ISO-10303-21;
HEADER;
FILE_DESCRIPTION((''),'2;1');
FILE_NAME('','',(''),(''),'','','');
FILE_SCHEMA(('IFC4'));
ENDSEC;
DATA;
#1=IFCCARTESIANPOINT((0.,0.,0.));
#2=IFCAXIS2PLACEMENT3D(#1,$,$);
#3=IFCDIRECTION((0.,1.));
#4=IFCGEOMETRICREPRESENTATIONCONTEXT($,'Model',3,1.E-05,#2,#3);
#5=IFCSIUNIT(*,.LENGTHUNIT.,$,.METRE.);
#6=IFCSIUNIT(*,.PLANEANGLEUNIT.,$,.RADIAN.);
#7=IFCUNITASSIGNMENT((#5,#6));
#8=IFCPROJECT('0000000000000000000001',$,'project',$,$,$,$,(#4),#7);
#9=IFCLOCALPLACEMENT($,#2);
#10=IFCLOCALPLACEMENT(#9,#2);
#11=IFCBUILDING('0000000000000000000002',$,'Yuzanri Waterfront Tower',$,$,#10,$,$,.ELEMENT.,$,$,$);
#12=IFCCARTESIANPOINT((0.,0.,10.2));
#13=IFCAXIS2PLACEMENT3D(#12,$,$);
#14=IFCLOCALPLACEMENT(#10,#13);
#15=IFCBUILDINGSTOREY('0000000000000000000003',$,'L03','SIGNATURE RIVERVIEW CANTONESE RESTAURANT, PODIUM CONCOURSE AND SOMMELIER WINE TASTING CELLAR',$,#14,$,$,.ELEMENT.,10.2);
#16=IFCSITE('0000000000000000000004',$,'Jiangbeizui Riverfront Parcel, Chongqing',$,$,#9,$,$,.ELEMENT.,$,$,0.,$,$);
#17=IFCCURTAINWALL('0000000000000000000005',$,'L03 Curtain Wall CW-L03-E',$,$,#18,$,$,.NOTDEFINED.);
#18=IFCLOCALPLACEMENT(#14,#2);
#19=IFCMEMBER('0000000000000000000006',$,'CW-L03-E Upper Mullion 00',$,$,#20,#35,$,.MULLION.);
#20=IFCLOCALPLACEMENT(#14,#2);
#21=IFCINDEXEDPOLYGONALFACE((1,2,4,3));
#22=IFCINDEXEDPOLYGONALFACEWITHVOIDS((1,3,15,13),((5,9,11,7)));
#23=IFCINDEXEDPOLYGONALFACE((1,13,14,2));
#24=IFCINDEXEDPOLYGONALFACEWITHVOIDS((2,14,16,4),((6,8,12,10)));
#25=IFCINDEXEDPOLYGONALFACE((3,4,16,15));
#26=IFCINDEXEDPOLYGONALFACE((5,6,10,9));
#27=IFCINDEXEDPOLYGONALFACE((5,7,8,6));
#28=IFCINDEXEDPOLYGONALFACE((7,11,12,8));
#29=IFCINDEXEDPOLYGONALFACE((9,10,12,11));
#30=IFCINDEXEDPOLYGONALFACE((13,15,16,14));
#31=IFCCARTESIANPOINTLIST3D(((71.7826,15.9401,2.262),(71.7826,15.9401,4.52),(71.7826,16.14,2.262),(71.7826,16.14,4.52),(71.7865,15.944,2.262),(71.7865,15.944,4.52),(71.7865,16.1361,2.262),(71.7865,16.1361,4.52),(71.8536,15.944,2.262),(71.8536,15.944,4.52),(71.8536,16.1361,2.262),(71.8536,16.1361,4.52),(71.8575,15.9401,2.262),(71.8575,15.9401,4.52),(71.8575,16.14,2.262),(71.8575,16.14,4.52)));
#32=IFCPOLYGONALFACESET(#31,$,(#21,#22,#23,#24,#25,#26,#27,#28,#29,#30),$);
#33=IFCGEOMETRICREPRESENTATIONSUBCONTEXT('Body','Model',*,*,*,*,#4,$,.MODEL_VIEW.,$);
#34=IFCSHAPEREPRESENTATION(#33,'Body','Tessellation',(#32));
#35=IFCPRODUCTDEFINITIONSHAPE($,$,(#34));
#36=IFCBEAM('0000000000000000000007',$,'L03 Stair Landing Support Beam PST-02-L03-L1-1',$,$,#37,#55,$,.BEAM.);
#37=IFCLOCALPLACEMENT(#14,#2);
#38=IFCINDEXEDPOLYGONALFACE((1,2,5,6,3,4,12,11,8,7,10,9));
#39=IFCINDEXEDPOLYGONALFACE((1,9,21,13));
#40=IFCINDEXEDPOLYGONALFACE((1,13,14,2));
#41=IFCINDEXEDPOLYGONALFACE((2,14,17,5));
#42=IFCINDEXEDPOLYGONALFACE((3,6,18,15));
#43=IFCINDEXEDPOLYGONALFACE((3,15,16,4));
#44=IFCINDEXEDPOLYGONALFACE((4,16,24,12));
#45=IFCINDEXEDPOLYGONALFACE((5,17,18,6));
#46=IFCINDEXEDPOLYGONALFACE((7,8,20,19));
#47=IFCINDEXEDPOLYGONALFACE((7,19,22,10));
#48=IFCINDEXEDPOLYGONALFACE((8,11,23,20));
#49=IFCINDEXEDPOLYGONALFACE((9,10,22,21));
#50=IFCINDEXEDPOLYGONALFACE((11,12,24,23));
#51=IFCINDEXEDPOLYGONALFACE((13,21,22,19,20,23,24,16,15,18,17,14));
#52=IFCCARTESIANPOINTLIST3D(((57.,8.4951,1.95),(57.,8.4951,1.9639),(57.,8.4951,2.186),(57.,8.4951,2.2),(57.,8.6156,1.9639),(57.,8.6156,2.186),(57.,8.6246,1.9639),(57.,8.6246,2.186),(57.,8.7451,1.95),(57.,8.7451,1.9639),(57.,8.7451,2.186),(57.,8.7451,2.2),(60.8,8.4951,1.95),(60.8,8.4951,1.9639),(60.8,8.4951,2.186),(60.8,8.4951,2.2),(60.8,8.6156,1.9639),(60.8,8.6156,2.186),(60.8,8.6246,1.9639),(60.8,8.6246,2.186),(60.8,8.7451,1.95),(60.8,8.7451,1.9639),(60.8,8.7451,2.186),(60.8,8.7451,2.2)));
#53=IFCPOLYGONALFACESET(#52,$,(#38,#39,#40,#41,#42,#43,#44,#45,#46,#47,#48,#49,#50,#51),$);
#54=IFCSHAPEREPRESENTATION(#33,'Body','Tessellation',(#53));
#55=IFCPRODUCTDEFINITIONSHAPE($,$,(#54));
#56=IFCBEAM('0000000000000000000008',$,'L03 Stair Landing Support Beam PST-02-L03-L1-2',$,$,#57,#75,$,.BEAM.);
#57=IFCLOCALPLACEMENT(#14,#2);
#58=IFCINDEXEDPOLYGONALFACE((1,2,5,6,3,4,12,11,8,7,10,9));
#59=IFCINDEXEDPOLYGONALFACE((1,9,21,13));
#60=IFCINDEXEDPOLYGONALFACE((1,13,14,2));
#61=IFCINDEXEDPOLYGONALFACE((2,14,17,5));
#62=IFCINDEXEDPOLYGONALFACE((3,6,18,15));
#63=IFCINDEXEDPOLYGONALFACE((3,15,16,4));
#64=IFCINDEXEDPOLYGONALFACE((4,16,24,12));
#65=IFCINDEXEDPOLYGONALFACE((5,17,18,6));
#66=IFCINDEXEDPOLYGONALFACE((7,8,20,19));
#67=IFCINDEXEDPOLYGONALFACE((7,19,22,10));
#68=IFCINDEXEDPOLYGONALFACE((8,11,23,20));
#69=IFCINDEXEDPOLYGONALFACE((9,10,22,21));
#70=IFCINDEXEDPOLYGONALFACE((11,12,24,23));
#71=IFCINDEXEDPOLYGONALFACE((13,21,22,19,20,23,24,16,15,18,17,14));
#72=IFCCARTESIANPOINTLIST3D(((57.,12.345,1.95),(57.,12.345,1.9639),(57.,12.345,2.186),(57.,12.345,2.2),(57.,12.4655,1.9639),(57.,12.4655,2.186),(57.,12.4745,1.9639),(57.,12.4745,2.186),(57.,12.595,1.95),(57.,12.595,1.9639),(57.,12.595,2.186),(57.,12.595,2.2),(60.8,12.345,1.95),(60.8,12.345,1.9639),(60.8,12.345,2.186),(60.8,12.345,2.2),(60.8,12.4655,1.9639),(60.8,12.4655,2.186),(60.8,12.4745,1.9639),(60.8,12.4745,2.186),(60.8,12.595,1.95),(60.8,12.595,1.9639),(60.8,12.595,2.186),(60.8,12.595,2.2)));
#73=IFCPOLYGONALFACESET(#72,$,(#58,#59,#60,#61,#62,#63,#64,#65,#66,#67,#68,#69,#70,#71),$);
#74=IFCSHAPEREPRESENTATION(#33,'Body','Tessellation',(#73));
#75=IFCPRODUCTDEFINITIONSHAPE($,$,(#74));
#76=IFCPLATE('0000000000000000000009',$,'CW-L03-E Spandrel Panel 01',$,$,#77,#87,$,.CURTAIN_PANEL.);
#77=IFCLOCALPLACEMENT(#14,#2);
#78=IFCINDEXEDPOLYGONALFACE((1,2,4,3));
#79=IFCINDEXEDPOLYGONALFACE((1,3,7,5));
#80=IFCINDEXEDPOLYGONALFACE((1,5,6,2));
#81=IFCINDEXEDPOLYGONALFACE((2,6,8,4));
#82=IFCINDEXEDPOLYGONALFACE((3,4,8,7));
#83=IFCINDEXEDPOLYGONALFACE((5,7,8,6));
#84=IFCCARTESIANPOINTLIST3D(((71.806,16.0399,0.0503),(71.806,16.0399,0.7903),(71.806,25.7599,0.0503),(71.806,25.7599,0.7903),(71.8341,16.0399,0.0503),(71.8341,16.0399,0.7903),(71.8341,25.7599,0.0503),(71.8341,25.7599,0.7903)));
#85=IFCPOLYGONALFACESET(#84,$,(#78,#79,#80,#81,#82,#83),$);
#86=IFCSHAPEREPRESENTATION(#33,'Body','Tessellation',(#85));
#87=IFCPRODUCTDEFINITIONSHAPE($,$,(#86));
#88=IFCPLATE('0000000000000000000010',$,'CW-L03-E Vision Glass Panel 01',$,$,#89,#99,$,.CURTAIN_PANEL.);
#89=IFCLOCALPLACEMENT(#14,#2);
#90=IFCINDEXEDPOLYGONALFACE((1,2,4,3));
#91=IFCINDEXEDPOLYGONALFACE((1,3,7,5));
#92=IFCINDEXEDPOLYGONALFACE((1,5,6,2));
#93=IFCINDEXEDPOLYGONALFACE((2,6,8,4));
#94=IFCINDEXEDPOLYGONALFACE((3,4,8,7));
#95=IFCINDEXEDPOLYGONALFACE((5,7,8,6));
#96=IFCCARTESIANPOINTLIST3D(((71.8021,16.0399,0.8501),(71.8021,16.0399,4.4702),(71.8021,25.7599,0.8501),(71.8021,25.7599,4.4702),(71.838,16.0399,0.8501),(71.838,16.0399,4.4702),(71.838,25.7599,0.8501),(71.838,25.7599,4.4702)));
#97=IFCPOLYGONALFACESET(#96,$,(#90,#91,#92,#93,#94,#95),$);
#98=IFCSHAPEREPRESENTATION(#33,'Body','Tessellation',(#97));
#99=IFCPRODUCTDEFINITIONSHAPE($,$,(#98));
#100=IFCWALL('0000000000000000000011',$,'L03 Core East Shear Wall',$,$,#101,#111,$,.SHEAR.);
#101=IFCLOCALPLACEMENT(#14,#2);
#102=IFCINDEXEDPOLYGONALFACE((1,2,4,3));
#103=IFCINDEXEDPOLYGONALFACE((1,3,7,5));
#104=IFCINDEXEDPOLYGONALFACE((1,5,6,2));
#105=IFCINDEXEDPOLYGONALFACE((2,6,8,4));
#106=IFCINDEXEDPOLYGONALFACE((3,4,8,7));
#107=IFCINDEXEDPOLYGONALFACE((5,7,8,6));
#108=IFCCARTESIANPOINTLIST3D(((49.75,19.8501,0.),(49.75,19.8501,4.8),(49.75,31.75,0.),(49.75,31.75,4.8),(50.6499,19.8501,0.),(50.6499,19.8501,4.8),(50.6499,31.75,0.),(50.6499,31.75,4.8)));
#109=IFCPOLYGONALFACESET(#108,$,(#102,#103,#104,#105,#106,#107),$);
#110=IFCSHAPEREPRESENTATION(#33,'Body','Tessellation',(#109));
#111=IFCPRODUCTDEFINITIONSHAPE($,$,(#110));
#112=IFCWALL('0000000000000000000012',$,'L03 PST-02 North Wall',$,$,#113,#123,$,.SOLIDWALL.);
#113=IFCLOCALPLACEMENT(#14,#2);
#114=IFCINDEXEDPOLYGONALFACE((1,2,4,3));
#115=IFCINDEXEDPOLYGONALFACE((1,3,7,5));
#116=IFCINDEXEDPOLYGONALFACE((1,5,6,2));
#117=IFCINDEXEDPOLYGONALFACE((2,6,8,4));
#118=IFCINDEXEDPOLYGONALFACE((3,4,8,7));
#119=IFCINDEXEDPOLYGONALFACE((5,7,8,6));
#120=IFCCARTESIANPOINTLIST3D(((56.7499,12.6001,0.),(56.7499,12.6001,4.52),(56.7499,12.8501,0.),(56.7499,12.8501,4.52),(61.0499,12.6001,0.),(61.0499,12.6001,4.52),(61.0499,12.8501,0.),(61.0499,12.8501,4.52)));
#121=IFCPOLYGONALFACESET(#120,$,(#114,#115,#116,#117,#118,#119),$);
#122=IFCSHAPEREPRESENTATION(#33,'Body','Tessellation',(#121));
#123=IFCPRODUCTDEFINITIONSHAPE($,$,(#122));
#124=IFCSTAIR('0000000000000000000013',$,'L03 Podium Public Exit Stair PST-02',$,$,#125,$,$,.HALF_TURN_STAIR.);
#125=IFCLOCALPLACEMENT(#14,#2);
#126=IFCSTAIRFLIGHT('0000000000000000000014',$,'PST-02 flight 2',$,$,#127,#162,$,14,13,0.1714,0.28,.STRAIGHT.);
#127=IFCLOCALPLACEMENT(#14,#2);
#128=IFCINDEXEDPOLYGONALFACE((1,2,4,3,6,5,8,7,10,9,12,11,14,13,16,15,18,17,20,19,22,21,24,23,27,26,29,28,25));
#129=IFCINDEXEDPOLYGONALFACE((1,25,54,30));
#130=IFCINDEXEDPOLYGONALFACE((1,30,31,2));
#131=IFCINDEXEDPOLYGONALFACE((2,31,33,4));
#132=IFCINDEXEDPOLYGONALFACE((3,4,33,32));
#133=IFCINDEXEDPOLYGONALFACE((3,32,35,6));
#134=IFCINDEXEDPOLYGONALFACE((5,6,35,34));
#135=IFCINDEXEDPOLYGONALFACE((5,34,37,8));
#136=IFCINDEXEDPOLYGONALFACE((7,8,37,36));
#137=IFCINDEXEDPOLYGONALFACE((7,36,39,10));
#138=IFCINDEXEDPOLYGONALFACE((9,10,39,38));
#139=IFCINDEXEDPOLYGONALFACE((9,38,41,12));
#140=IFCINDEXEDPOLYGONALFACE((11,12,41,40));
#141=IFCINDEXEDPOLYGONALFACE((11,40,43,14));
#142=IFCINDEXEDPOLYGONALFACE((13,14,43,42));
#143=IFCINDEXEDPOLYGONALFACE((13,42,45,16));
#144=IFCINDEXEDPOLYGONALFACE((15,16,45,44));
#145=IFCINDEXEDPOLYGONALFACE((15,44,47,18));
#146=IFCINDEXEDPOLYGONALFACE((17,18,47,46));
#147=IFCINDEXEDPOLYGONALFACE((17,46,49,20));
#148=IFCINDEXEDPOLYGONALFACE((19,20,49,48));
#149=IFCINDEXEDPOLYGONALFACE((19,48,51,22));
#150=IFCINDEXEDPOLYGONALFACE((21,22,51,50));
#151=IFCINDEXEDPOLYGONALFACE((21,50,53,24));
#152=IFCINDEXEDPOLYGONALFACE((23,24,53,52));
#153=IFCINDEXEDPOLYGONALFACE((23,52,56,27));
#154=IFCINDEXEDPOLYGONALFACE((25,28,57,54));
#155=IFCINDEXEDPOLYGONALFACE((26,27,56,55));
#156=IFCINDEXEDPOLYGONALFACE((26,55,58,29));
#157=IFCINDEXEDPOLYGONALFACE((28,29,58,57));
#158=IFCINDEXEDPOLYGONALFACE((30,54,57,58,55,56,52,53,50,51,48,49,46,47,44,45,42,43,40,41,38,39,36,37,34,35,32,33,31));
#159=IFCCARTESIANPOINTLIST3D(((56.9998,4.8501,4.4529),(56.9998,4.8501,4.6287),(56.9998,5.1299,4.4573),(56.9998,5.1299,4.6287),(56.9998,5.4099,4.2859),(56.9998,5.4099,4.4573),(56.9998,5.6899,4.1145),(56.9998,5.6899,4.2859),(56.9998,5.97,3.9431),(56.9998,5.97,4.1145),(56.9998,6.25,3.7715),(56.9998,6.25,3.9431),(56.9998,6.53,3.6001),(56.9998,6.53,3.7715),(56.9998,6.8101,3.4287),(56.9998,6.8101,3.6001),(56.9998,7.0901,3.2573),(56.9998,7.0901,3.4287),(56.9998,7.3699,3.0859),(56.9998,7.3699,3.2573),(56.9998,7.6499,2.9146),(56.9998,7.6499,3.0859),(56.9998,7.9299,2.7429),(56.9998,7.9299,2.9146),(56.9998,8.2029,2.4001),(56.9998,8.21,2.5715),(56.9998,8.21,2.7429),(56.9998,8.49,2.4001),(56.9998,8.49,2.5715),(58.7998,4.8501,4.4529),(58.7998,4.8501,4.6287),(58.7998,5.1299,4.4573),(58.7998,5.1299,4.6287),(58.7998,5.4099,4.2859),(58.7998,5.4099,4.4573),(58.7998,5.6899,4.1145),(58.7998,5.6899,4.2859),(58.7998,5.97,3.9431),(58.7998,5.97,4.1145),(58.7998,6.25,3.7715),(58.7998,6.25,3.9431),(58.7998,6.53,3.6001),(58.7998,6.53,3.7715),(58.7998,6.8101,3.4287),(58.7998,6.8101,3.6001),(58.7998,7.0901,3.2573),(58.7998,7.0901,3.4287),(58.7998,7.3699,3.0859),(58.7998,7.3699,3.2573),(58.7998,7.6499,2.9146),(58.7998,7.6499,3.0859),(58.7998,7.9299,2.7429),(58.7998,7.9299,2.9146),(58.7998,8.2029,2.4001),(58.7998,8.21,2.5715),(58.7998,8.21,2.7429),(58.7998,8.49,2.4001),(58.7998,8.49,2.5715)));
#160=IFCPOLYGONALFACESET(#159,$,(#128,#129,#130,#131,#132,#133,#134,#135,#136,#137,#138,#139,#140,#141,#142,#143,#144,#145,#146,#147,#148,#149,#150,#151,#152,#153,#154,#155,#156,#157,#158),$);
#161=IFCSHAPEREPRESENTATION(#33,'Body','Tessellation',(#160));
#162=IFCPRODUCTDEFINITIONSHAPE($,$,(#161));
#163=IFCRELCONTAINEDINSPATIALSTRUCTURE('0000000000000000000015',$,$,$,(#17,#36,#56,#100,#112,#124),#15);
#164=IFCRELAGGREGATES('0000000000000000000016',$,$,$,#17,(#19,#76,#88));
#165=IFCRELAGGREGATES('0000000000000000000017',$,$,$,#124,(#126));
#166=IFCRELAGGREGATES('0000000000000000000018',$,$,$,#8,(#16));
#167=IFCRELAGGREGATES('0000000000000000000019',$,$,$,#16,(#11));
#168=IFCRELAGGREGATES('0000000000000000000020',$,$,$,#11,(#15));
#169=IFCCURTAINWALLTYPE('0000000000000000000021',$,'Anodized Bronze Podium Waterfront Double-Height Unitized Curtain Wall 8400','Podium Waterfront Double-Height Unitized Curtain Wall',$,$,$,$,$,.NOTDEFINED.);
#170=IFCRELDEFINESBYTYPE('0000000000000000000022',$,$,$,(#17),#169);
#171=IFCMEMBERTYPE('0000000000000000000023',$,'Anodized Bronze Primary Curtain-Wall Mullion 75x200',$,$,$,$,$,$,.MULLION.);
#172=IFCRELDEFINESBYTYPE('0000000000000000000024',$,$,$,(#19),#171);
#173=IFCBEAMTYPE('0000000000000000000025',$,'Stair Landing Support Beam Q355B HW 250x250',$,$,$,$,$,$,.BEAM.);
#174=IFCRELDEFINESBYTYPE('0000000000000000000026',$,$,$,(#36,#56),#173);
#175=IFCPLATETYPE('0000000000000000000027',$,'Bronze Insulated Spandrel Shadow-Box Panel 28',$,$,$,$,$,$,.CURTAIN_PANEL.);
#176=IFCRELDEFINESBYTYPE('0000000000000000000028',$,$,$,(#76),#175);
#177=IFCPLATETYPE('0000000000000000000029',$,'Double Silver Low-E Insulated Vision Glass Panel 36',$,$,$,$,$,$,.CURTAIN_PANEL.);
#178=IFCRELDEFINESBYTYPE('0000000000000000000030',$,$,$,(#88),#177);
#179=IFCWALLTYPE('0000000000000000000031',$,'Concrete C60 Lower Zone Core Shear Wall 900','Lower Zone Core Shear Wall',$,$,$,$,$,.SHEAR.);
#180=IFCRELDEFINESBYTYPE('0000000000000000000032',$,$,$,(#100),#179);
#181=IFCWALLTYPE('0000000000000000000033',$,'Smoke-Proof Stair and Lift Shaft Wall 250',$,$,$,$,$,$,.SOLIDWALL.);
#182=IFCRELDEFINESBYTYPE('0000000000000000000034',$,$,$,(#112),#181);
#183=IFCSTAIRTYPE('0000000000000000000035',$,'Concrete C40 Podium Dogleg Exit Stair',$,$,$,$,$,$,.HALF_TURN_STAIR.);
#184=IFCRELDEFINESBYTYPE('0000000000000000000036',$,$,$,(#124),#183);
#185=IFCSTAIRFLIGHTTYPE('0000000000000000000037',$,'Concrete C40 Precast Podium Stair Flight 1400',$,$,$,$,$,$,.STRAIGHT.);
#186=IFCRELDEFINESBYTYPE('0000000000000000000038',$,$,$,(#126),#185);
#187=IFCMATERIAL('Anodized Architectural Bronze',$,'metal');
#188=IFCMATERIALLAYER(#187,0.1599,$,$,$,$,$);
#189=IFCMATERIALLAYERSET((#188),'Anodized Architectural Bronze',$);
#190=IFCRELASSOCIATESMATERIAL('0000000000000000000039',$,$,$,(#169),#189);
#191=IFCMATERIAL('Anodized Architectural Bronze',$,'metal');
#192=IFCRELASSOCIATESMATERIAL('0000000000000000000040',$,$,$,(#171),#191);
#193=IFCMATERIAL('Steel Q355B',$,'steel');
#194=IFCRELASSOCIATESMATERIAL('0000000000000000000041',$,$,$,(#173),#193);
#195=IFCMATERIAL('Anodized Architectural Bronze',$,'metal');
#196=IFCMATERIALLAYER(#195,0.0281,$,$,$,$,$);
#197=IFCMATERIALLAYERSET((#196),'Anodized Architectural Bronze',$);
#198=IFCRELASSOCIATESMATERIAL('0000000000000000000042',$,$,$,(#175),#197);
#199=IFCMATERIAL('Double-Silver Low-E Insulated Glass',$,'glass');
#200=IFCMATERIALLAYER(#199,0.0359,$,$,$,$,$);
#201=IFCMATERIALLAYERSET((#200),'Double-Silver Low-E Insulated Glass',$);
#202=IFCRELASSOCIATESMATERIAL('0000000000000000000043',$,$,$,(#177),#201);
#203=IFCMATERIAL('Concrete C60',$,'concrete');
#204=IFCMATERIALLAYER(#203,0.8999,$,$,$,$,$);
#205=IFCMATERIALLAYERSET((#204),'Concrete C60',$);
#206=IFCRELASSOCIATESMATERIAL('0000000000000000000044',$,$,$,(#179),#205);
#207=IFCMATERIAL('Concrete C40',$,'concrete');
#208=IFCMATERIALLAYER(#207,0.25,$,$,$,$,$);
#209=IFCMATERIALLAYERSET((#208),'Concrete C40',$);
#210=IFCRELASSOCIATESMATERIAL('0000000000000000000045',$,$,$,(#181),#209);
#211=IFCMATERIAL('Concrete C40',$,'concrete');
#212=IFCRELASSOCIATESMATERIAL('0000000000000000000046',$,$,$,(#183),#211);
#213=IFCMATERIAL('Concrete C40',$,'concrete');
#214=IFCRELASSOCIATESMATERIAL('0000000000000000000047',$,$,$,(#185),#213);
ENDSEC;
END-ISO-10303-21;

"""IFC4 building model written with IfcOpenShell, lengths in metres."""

from ifc_helpers import new_model, si_unit, direction, frame, frame_2d, origin, origin_2d, place, context, subcontext, project, spatial, polyline, rectangle, hollow_rectangle, i_section, outline, extrude, source, transform, mapped, material, layer, layer_set, material_profile, profile_set, type_object, element, aggregate, save


model = new_model("IFC4")

# Units and contexts
model_context = context("Model", 3, precision=1e-05, world=origin(), true_north=direction((0.0, 1.0)))
body_context = subcontext(model_context, "Body", "Model", "MODEL_VIEW")
ifc_project = project(units=[si_unit("LENGTHUNIT", "METRE"), si_unit("PLANEANGLEUNIT", "RADIAN")], contexts=[model_context])

# Site, building, storey
site_placement = place(None, origin())
site = spatial("IfcSite", under=ifc_project, at=site_placement, Name="Jiangbeizui Riverfront Parcel, Chongqing", CompositionType="ELEMENT", RefElevation=0.0)
building_placement = place(site_placement, origin())
building = spatial("IfcBuilding", under=site, at=building_placement, Name="Yuzanri Waterfront Tower", CompositionType="ELEMENT")
storey_placement = place(building_placement, frame((0.0, 0.0, 10.2)))
storey = spatial("IfcBuildingStorey", under=building, at=storey_placement, Name="L03", Description="SIGNATURE RIVERVIEW CANTONESE RESTAURANT, PODIUM CONCOURSE AND SOMMELIER WINE TASTING CELLAR", CompositionType="ELEMENT", Elevation=10.2)

# Curtain wall, member
ifc_material_1 = material(Name="Anodized Architectural Bronze", Category="metal")
ifc_layer_1 = layer(ifc_material_1, 0.1599)
ifc_layer_set_1 = layer_set([ifc_layer_1], Name="Anodized Architectural Bronze")
curtain_wall_type = type_object("IfcCurtainWallType", Name="Anodized Bronze Podium Waterfront Double-Height Unitized Curtain Wall 8400", Description="Podium Waterfront Double-Height Unitized Curtain Wall", PredefinedType="NOTDEFINED", material=ifc_layer_set_1)
curtain_wall_placement = place(storey_placement, origin())
curtain_wall = element("IfcCurtainWall", 1, at=curtain_wall_placement, inside=storey, type_object=curtain_wall_type, Name="L03 Curtain Wall CW-L03-E", PredefinedType="NOTDEFINED")
ifc_material_2 = material(Name="Anodized Architectural Bronze", Category="metal")
ifc_material_profile_1 = material_profile(ifc_material_2, hollow_rectangle(XDim=0.075, YDim=0.2, WallThickness=0.0039, at=origin_2d()), Name="CWM 75x200")
ifc_profile_set_1 = profile_set([ifc_material_profile_1], Name="Anodized Architectural Bronze")
member_type_1 = type_object("IfcMemberType", Name="Anodized Bronze Primary Curtain-Wall Mullion 75x200", PredefinedType="MULLION", material=ifc_profile_set_1)
shared_shape_1 = source(origin(), body_context, "Body", "SweptSolid", [
    extrude(hollow_rectangle(XDim=0.075, YDim=0.2, WallThickness=0.0039, at=origin_2d()), origin(), (0.0, 0.0, 1.0), 2.2581),
])
member_1_placement = place(storey_placement, frame((71.8201, 16.04, 2.262), z_axis=(0.0, 0.0, 1.0), x_axis=(1.0, 0.0, 0.0)))
member_1 = element("IfcMember", 2, at=member_1_placement, type_object=member_type_1, Name="CW-L03-E Upper Mullion 00", PredefinedType="MULLION", context=body_context, shape_type="MappedRepresentation", body=[
    mapped(shared_shape_1, transform((0.0, 0.0, 0.0), scale=1.0)),
])

# Beams
ifc_material_3 = material(Name="Steel Q355B", Category="steel")
ifc_material_profile_2 = material_profile(ifc_material_3, i_section(OverallWidth=0.25, OverallDepth=0.25, WebThickness=0.009, FlangeThickness=0.0139, at=origin_2d()), Name="HW 250x250x9x14")
ifc_profile_set_2 = profile_set([ifc_material_profile_2], Name="Steel Q355B")
beam_type_1 = type_object("IfcBeamType", Name="Stair Landing Support Beam Q355B HW 250x250", PredefinedType="BEAM", material=ifc_profile_set_2)
shared_shape_2 = source(origin(), body_context, "Body", "SweptSolid", [
    extrude(i_section(OverallWidth=0.25, OverallDepth=0.25, WebThickness=0.009, FlangeThickness=0.0139, at=origin_2d()), origin(), (0.0, 0.0, 1.0), 3.8),
])
for number, where, z_axis, x_axis, name in (
    (3, (57.0, 8.6201, 2.075), (1.0, 0.0, 0.0), (0.0, 1.0, 0.0), "L03 Stair Landing Support Beam PST-02-L03-L1-1"),
    (4, (57.0, 12.47, 2.075), (1.0, 0.0, 0.0), (0.0, 1.0, 0.0), "L03 Stair Landing Support Beam PST-02-L03-L1-2"),
):
    element("IfcBeam", number, at=place(storey_placement, frame(where, z_axis=z_axis, x_axis=x_axis)), inside=storey, type_object=beam_type_1, Name=name, PredefinedType="BEAM", context=body_context, shape_type="MappedRepresentation", body=[
        mapped(shared_shape_2, transform((0.0, 0.0, 0.0), scale=1.0)),
    ])

# Plates
ifc_material_4 = material(Name="Anodized Architectural Bronze", Category="metal")
ifc_layer_2 = layer(ifc_material_4, 0.0281)
ifc_layer_set_2 = layer_set([ifc_layer_2], Name="Anodized Architectural Bronze")
plate_type_1 = type_object("IfcPlateType", Name="Bronze Insulated Spandrel Shadow-Box Panel 28", PredefinedType="CURTAIN_PANEL", material=ifc_layer_set_2)
shared_shape_3 = source(origin(), body_context, "Body", "SweptSolid", [
    extrude(rectangle(XDim=9.72, YDim=0.0281, at=origin_2d()), origin(), (0.0, 0.0, 1.0), 0.74),
])
plate_1_placement = place(storey_placement, frame((71.8201, 20.8999, 0.0503), z_axis=(0.0, 0.0, 1.0), x_axis=(0.0, 1.0, 0.0)))
plate_1 = element("IfcPlate", 5, at=plate_1_placement, type_object=plate_type_1, Name="CW-L03-E Spandrel Panel 01", PredefinedType="CURTAIN_PANEL", context=body_context, shape_type="MappedRepresentation", body=[
    mapped(shared_shape_3, transform((0.0, 0.0, 0.0), scale=1.0)),
])
ifc_material_5 = material(Name="Double-Silver Low-E Insulated Glass", Category="glass")
ifc_layer_3 = layer(ifc_material_5, 0.0359)
ifc_layer_set_3 = layer_set([ifc_layer_3], Name="Double-Silver Low-E Insulated Glass")
plate_type_2 = type_object("IfcPlateType", Name="Double Silver Low-E Insulated Vision Glass Panel 36", PredefinedType="CURTAIN_PANEL", material=ifc_layer_set_3)
shared_shape_4 = source(origin(), body_context, "Body", "SweptSolid", [
    extrude(rectangle(XDim=9.72, YDim=0.0359, at=origin_2d()), origin(), (0.0, 0.0, 1.0), 3.6201),
])
plate_2_placement = place(storey_placement, frame((71.8201, 20.8999, 0.8501), z_axis=(0.0, 0.0, 1.0), x_axis=(0.0, 1.0, 0.0)))
plate_2 = element("IfcPlate", 6, at=plate_2_placement, type_object=plate_type_2, Name="CW-L03-E Vision Glass Panel 01", PredefinedType="CURTAIN_PANEL", context=body_context, shape_type="MappedRepresentation", body=[
    mapped(shared_shape_4, transform((0.0, 0.0, 0.0), scale=1.0)),
])
aggregate(curtain_wall, [member_1, plate_1, plate_2])

# Walls
ifc_material_6 = material(Name="Concrete C60", Category="concrete")
ifc_layer_4 = layer(ifc_material_6, 0.8999)
ifc_layer_set_4 = layer_set([ifc_layer_4], Name="Concrete C60")
wall_type_1 = type_object("IfcWallType", Name="Concrete C60 Lower Zone Core Shear Wall 900", Description="Lower Zone Core Shear Wall", PredefinedType="SHEAR", material=ifc_layer_set_4)
shared_shape_5 = source(origin(), body_context, "Body", "SweptSolid", [
    extrude(rectangle(XDim=11.8999, YDim=0.8999, at=frame_2d((5.95, 0.0))), origin(), (0.0, 0.0, 1.0), 4.8),
])
wall_1_placement = place(storey_placement, frame((50.2, 19.8501, 0.0), z_axis=(0.0, 0.0, 1.0), x_axis=(0.0, 1.0, 0.0)))
element("IfcWall", 7, at=wall_1_placement, inside=storey, type_object=wall_type_1, Name="L03 Core East Shear Wall", PredefinedType="SHEAR", context=body_context, shape_type="MappedRepresentation", body=[
    mapped(shared_shape_5, transform((0.0, 0.0, 0.0), scale=1.0)),
])
ifc_material_7 = material(Name="Concrete C40", Category="concrete")
ifc_layer_5 = layer(ifc_material_7, 0.25)
ifc_layer_set_5 = layer_set([ifc_layer_5], Name="Concrete C40")
wall_type_2 = type_object("IfcWallType", Name="Smoke-Proof Stair and Lift Shaft Wall 250", PredefinedType="SOLIDWALL", material=ifc_layer_set_5)
shared_shape_6 = source(origin(), body_context, "Body", "SweptSolid", [
    extrude(rectangle(XDim=4.3, YDim=0.25, at=frame_2d((2.1499, 0.0))), origin(), (0.0, 0.0, 1.0), 4.52),
])
wall_2_placement = place(storey_placement, frame((56.75, 12.7251, 0.0), z_axis=(0.0, 0.0, 1.0), x_axis=(1.0, 0.0, 0.0)))
element("IfcWall", 8, at=wall_2_placement, inside=storey, type_object=wall_type_2, Name="L03 PST-02 North Wall", PredefinedType="SOLIDWALL", context=body_context, shape_type="MappedRepresentation", body=[
    mapped(shared_shape_6, transform((0.0, 0.0, 0.0), scale=1.0)),
])

# Stair, stair flight
ifc_material_8 = material(Name="Concrete C40", Category="concrete")
stair_type = type_object("IfcStairType", Name="Concrete C40 Podium Dogleg Exit Stair", PredefinedType="HALF_TURN_STAIR", material=ifc_material_8)
stair_placement = place(storey_placement, origin())
stair = element("IfcStair", 9, at=stair_placement, inside=storey, type_object=stair_type, Name="L03 Podium Public Exit Stair PST-02", PredefinedType="HALF_TURN_STAIR")
ifc_material_9 = material(Name="Concrete C40", Category="concrete")
stair_flight_type = type_object("IfcStairFlightType", Name="Concrete C40 Precast Podium Stair Flight 1400", PredefinedType="STRAIGHT", material=ifc_material_9)
shared_shape_7 = source(origin(), body_context, "Body", "SweptSolid", [
    extrude(outline(polyline([(0.0, 0.0), (0.0, 0.1714), (0.28, 0.1714), (0.28, 0.3428), (0.5601, 0.3428), (0.5601, 0.5144), (0.8401, 0.5144), (0.8401, 0.6858), (1.1201, 0.6858), (1.1201, 0.8572), (1.3999, 0.8572), (1.3999, 1.0286), (1.6799, 1.0286), (1.6799, 1.2), (1.96, 1.2), (1.96, 1.3713), (2.24, 1.3713), (2.24, 1.543), (2.52, 1.543), (2.52, 1.7144), (2.8, 1.7144), (2.8, 1.8857), (3.0801, 1.8857), (3.0801, 2.0571), (3.3601, 2.0571), (3.3601, 2.2285), (3.6399, 2.2285), (3.6399, 2.3999), (3.6399, 2.0527), (0.2871, 0.0), (0.0, 0.0)])), frame((0.0, 0.8999, 0.0), z_axis=(0.0, -1.0, 0.0), x_axis=(1.0, 0.0, 0.0)), (0.0, 0.0, 1.0), 1.8),
])
stair_flight_placement = place(storey_placement, frame((57.8999, 8.49, 2.4001), z_axis=(0.0, 0.0, 1.0), x_axis=(0.0, -1.0, 0.0)))
stair_flight = element("IfcStairFlight", 10, at=stair_flight_placement, type_object=stair_flight_type, Name="PST-02 flight 2", NumberOfRisers=14, NumberOfTreads=13, PredefinedType="STRAIGHT", RiserHeight=0.1714, TreadLength=0.28, context=body_context, shape_type="MappedRepresentation", body=[
    mapped(shared_shape_7, transform((0.0, 0.0, 0.0), scale=1.0)),
])
aggregate(stair, [stair_flight])

save(model, "model.ifc")
